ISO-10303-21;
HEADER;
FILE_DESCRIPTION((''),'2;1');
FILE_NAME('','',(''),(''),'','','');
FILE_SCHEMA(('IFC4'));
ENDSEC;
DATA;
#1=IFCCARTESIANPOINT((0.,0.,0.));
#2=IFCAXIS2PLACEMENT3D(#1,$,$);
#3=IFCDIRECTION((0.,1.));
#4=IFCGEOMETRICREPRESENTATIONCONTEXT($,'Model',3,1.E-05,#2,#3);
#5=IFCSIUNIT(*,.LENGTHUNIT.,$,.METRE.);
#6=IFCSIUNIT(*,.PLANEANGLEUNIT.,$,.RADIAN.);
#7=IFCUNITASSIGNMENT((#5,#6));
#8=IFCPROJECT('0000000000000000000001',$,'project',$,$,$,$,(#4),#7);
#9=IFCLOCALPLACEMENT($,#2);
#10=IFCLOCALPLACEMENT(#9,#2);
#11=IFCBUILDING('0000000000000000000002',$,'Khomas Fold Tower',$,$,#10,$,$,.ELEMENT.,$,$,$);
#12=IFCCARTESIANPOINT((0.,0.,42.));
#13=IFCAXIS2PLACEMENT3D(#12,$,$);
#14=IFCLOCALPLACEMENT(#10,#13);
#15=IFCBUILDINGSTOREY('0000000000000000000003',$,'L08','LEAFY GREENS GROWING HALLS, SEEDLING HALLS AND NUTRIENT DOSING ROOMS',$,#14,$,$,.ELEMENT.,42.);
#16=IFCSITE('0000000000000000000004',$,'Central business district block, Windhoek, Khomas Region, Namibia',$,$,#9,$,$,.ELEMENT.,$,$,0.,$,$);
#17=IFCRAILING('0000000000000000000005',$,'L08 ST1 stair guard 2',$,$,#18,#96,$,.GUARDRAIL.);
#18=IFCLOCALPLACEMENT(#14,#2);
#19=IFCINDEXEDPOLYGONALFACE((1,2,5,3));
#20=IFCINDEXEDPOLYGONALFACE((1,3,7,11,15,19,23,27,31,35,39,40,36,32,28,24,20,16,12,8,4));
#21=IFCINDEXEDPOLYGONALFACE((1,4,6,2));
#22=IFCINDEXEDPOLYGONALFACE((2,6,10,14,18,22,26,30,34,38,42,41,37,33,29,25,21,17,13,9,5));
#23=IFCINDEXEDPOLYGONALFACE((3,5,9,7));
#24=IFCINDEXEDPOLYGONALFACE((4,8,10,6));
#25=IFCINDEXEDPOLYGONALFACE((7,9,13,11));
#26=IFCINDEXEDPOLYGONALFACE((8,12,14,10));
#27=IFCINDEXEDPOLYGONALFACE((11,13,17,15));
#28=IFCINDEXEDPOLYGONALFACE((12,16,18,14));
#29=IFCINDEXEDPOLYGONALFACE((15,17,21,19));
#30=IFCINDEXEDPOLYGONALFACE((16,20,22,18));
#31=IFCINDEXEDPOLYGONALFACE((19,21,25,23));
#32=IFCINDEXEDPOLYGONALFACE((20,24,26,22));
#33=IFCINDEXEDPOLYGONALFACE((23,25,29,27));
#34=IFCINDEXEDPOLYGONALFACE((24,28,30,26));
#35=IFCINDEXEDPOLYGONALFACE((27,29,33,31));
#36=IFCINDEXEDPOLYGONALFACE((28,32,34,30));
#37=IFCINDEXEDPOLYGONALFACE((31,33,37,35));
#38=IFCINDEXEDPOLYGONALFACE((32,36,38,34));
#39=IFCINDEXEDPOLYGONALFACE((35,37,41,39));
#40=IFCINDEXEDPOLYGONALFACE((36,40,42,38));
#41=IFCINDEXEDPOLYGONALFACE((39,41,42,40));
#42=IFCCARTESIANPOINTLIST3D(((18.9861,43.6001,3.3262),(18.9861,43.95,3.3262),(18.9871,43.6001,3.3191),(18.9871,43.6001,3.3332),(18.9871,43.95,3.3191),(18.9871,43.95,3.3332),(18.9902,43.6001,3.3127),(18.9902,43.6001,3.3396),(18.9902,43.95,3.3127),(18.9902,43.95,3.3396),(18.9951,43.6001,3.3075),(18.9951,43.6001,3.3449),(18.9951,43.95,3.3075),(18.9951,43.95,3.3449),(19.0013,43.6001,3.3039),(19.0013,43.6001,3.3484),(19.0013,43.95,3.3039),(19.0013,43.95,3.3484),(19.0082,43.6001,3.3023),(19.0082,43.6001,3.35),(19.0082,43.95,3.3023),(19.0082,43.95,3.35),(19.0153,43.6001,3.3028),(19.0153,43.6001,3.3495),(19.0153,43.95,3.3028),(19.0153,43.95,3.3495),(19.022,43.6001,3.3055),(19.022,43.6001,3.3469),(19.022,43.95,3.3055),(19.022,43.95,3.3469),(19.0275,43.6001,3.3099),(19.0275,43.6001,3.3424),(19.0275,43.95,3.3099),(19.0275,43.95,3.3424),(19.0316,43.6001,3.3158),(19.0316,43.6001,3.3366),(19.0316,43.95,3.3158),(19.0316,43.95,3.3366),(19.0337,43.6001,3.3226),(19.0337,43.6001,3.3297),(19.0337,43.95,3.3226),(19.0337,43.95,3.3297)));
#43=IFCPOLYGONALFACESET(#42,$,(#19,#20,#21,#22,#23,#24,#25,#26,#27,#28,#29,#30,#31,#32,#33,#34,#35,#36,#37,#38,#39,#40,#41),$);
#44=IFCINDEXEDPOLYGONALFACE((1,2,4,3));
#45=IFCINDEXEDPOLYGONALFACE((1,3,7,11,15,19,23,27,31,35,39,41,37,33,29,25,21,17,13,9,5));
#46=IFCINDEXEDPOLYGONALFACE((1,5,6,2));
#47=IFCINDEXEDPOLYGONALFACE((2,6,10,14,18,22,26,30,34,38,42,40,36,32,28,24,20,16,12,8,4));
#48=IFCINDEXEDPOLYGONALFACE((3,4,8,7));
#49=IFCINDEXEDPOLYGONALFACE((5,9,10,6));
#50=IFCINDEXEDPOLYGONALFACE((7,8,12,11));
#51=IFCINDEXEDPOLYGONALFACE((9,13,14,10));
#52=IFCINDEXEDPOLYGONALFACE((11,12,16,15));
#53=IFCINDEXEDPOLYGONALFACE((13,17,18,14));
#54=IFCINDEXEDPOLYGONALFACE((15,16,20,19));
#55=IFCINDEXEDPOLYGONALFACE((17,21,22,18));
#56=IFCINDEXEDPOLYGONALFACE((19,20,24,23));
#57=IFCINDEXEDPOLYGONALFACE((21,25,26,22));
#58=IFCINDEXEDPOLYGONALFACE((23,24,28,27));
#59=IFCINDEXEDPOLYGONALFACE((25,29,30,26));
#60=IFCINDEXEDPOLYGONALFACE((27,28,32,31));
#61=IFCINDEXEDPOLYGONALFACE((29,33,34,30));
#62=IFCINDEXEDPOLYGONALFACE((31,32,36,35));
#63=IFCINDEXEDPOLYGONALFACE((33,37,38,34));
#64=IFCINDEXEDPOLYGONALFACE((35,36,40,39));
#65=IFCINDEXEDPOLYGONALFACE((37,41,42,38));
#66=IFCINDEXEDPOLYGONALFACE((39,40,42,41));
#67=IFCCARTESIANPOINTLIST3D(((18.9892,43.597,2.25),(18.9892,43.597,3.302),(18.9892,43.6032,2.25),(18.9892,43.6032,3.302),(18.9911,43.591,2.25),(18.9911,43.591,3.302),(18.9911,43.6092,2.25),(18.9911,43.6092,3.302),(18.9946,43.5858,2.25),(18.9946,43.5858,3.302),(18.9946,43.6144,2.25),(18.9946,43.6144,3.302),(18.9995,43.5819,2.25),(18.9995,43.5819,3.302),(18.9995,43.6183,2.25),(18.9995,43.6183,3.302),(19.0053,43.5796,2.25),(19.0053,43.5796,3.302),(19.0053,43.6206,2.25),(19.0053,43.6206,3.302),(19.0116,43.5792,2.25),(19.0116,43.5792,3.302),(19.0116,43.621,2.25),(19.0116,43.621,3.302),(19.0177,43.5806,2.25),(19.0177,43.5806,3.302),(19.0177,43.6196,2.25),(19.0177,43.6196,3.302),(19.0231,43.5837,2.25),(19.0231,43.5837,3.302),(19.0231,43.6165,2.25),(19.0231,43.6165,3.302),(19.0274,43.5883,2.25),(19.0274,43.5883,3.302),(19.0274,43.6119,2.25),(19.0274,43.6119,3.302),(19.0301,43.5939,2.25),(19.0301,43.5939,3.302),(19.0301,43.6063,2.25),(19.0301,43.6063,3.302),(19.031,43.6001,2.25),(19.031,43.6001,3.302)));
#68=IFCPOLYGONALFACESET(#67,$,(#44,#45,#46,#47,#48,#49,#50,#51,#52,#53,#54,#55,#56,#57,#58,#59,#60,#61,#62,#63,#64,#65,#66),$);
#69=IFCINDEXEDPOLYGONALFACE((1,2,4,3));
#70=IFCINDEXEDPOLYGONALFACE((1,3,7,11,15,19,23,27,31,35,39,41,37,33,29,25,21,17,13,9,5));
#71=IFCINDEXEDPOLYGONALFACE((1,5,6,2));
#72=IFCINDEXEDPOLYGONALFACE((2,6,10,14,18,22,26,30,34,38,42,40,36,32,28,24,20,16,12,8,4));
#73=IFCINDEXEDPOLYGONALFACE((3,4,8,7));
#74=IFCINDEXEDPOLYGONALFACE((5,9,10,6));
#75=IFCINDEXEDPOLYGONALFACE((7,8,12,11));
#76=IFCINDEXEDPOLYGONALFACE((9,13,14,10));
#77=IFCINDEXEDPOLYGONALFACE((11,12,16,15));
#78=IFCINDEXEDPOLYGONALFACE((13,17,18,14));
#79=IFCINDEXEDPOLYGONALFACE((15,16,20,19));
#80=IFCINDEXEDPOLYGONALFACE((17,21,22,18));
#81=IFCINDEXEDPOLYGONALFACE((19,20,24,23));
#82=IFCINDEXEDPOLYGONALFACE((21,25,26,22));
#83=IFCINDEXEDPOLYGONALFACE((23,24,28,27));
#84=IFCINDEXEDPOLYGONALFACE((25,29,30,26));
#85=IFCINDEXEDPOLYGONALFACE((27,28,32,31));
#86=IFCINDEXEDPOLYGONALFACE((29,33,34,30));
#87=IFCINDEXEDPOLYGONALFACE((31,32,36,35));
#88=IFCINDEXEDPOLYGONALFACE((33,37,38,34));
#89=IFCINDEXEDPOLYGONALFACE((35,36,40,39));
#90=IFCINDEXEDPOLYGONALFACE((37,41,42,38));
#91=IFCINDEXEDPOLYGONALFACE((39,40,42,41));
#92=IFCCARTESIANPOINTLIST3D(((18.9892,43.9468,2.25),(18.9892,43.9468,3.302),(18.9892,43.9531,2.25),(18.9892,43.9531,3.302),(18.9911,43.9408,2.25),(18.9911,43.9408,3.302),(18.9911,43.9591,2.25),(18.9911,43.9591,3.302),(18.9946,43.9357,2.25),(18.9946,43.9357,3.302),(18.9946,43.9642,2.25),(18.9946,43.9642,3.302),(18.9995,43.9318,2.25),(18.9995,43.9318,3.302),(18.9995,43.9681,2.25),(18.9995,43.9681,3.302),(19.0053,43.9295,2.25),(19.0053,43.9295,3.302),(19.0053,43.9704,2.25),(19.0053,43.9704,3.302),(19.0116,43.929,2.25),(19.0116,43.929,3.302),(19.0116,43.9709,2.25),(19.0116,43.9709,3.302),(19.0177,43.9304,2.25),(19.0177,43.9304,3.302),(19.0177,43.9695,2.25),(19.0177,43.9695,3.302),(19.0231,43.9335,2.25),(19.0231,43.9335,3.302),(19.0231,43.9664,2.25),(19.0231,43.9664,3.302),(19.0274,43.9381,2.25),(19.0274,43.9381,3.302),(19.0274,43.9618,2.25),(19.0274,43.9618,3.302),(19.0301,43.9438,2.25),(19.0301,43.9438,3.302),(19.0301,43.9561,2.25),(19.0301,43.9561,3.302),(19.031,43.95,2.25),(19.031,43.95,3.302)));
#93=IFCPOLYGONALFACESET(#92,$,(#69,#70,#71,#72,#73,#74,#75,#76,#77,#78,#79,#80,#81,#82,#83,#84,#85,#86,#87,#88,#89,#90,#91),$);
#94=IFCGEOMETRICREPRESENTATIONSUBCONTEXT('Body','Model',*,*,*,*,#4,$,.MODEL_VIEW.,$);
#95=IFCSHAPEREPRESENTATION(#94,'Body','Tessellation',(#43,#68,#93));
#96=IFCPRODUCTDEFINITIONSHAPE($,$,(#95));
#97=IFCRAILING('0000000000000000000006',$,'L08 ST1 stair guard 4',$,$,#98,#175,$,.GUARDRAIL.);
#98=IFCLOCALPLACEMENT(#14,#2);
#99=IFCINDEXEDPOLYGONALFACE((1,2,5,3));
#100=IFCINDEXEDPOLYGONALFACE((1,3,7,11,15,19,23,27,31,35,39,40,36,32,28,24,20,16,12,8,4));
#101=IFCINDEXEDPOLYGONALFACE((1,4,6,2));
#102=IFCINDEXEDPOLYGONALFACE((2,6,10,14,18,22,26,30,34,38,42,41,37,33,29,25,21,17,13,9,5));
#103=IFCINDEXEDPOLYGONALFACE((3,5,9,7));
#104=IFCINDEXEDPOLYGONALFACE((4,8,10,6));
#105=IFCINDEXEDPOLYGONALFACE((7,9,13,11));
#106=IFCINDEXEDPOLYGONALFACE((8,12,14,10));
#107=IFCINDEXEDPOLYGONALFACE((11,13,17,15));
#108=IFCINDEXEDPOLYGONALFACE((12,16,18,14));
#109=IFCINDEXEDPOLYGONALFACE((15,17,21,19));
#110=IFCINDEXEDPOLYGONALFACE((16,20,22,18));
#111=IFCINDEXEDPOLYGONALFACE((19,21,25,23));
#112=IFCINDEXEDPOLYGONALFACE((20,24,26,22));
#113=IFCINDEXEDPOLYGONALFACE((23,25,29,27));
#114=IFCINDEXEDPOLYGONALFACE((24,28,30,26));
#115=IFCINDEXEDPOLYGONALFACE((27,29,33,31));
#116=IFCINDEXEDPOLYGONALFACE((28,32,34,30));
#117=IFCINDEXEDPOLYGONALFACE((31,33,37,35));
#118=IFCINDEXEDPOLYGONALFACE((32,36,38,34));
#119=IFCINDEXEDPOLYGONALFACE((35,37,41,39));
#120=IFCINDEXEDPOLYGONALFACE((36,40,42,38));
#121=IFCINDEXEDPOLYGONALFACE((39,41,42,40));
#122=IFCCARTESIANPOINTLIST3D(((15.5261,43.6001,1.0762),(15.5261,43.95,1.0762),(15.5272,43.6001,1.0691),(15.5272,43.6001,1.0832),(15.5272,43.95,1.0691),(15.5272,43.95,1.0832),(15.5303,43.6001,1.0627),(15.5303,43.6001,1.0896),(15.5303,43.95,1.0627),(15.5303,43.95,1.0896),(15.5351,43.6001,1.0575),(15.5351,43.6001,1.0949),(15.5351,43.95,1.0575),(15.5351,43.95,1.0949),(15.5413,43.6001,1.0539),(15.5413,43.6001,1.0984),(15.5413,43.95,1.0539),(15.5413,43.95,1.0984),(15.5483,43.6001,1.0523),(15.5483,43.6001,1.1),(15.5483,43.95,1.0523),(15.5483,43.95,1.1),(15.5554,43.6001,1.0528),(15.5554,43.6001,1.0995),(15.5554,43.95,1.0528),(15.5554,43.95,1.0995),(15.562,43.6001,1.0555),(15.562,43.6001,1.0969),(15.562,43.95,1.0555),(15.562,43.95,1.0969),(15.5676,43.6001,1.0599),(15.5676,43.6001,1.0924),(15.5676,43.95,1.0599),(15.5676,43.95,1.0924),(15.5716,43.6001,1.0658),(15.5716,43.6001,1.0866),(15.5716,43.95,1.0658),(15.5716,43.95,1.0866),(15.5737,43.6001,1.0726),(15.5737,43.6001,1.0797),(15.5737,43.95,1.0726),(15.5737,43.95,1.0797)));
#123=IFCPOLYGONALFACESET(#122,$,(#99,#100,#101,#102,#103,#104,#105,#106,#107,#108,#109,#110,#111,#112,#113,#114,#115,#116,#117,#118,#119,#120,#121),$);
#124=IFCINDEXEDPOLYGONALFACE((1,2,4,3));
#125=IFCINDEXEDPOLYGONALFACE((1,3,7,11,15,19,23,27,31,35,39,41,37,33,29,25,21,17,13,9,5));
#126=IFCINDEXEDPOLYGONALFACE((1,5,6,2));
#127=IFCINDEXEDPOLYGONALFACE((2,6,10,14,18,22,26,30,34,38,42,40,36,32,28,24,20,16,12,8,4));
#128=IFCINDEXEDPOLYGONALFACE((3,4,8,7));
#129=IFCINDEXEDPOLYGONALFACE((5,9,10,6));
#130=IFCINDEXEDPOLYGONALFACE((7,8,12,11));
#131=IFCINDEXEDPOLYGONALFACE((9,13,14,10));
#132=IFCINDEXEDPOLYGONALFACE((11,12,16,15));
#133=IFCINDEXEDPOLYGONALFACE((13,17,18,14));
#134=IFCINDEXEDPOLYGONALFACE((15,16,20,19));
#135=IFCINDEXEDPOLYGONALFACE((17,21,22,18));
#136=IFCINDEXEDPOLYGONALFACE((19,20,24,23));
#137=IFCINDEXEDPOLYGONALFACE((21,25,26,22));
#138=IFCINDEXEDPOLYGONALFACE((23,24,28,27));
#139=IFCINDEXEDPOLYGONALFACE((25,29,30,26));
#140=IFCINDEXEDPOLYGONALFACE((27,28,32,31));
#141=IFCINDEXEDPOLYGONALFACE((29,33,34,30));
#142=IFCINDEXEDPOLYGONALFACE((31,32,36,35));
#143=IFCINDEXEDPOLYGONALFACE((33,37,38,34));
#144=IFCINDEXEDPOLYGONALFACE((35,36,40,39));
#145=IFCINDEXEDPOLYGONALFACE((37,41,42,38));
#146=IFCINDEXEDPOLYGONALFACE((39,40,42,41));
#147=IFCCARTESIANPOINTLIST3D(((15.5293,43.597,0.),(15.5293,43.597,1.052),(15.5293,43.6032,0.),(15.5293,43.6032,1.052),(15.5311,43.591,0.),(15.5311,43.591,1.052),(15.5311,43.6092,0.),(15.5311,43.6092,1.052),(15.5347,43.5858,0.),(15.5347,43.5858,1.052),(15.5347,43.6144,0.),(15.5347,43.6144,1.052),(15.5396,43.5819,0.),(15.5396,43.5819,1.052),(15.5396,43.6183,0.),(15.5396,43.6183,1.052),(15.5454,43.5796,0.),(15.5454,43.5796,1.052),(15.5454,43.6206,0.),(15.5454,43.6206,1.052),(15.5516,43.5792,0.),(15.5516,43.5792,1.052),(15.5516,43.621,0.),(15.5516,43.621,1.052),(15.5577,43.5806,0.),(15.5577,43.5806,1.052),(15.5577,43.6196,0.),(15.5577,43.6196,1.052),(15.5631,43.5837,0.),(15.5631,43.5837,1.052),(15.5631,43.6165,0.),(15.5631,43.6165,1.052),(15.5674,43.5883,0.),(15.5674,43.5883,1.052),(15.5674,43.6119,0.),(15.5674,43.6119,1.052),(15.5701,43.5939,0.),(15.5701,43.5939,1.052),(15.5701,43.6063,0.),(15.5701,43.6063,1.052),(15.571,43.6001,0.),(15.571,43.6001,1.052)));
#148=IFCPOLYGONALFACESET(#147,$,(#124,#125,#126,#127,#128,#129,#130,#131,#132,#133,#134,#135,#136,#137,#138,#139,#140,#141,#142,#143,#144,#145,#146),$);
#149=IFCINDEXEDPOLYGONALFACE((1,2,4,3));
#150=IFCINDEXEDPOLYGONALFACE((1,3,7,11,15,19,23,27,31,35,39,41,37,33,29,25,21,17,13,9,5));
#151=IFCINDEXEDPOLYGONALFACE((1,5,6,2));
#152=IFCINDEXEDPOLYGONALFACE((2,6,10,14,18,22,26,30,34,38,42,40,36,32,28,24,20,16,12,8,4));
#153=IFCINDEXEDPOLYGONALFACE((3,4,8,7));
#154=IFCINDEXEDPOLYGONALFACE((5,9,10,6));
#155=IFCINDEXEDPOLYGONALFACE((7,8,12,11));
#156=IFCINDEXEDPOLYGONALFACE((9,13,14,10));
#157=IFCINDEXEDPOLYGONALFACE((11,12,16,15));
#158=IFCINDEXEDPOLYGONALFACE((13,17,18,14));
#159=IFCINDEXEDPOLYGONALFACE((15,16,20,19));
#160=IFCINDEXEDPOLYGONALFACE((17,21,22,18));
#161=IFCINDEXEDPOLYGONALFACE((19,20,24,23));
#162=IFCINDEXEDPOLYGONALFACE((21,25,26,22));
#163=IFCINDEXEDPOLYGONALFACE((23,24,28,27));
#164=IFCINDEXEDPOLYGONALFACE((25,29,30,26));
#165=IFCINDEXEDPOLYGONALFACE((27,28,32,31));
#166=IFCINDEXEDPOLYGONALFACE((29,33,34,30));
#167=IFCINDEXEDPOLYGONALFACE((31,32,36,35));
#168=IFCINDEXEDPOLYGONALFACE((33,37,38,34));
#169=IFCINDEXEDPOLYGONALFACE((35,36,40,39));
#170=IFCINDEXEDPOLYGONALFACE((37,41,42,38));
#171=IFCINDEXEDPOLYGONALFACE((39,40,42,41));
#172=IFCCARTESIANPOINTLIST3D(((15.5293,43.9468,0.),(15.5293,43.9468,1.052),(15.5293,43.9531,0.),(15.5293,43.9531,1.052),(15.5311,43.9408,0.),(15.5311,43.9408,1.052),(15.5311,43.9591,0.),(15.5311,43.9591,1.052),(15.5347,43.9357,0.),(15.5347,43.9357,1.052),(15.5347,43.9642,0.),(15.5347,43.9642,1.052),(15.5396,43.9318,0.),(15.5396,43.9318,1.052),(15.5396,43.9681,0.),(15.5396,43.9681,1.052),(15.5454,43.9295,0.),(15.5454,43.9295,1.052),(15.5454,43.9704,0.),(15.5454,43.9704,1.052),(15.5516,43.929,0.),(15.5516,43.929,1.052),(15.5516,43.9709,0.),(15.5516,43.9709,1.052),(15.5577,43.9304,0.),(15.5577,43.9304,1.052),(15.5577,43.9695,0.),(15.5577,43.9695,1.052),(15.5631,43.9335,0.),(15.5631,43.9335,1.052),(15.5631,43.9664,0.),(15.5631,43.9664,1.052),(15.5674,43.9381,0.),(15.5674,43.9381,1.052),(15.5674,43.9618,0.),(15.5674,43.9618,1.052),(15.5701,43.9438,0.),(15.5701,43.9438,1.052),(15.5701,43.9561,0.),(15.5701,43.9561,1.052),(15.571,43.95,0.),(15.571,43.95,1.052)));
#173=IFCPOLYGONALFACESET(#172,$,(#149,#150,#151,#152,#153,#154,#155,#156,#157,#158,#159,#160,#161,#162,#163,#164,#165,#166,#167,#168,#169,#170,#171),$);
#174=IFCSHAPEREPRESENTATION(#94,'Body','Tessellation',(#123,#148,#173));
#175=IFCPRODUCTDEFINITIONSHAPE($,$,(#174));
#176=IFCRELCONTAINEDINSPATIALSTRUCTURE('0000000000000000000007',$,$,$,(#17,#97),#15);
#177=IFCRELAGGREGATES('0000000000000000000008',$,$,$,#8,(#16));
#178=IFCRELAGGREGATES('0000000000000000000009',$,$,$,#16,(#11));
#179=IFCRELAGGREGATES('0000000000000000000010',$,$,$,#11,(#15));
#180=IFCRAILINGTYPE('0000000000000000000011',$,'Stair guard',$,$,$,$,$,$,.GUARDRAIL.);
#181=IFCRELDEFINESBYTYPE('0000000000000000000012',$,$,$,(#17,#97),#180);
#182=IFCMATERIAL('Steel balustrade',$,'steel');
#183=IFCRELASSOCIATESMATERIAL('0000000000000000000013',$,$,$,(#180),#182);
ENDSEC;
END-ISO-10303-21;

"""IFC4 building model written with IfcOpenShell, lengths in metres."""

from ifc_helpers import new_model, si_unit, direction, frame, origin, origin_2d, place, context, subcontext, project, spatial, circle, extrude, source, transform, mapped, material, type_object, element, save


model = new_model("IFC4")

# Units and contexts
model_context = context("Model", 3, precision=1e-05, world=origin(), true_north=direction((0.0, 1.0)))
body_context = subcontext(model_context, "Body", "Model", "MODEL_VIEW")
ifc_project = project(units=[si_unit("LENGTHUNIT", "METRE"), si_unit("PLANEANGLEUNIT", "RADIAN")], contexts=[model_context])

# Site, building, storey
site_placement = place(None, origin())
site = spatial("IfcSite", under=ifc_project, at=site_placement, Name="Central business district block, Windhoek, Khomas Region, Namibia", CompositionType="ELEMENT", RefElevation=0.0)
building_placement = place(site_placement, origin())
building = spatial("IfcBuilding", under=site, at=building_placement, Name="Khomas Fold Tower", CompositionType="ELEMENT")
storey_placement = place(building_placement, frame((0.0, 0.0, 42.0)))
storey = spatial("IfcBuildingStorey", under=building, at=storey_placement, Name="L08", Description="LEAFY GREENS GROWING HALLS, SEEDLING HALLS AND NUTRIENT DOSING ROOMS", CompositionType="ELEMENT", Elevation=42.0)

# Railings
ifc_material_1 = material(Name="Steel balustrade", Category="steel")
railing_type_1 = type_object("IfcRailingType", Name="Stair guard", PredefinedType="GUARDRAIL", material=ifc_material_1)
shared_shape_1 = source(origin(), body_context, "Body", "SweptSolid", [
    extrude(circle(Radius=0.0239, at=origin_2d()), frame((0.0, 0.0, 1.0762), z_axis=(0.0, 1.0, 0.0), x_axis=(-1.0, 0.0, 0.0)), (0.0, 0.0, 1.0), 0.3499),
    extrude(circle(Radius=0.021, at=origin_2d()), origin(), (0.0, 0.0, 1.0), 1.052),
    extrude(circle(Radius=0.021, at=origin_2d()), frame((0.0, 0.3499, 0.0)), (0.0, 0.0, 1.0), 1.052),
])
for number, where, name in (
    (1, (19.01, 43.6001, 2.25), "L08 ST1 stair guard 2"),
    (2, (15.55, 43.6001, 0.0), "L08 ST1 stair guard 4"),
):
    element("IfcRailing", number, at=place(storey_placement, frame(where)), inside=storey, type_object=railing_type_1, Name=name, PredefinedType="GUARDRAIL", context=body_context, shape_type="MappedRepresentation", body=[
        mapped(shared_shape_1, transform((0.0, 0.0, 0.0))),
    ])

save(model, "model.ifc")
